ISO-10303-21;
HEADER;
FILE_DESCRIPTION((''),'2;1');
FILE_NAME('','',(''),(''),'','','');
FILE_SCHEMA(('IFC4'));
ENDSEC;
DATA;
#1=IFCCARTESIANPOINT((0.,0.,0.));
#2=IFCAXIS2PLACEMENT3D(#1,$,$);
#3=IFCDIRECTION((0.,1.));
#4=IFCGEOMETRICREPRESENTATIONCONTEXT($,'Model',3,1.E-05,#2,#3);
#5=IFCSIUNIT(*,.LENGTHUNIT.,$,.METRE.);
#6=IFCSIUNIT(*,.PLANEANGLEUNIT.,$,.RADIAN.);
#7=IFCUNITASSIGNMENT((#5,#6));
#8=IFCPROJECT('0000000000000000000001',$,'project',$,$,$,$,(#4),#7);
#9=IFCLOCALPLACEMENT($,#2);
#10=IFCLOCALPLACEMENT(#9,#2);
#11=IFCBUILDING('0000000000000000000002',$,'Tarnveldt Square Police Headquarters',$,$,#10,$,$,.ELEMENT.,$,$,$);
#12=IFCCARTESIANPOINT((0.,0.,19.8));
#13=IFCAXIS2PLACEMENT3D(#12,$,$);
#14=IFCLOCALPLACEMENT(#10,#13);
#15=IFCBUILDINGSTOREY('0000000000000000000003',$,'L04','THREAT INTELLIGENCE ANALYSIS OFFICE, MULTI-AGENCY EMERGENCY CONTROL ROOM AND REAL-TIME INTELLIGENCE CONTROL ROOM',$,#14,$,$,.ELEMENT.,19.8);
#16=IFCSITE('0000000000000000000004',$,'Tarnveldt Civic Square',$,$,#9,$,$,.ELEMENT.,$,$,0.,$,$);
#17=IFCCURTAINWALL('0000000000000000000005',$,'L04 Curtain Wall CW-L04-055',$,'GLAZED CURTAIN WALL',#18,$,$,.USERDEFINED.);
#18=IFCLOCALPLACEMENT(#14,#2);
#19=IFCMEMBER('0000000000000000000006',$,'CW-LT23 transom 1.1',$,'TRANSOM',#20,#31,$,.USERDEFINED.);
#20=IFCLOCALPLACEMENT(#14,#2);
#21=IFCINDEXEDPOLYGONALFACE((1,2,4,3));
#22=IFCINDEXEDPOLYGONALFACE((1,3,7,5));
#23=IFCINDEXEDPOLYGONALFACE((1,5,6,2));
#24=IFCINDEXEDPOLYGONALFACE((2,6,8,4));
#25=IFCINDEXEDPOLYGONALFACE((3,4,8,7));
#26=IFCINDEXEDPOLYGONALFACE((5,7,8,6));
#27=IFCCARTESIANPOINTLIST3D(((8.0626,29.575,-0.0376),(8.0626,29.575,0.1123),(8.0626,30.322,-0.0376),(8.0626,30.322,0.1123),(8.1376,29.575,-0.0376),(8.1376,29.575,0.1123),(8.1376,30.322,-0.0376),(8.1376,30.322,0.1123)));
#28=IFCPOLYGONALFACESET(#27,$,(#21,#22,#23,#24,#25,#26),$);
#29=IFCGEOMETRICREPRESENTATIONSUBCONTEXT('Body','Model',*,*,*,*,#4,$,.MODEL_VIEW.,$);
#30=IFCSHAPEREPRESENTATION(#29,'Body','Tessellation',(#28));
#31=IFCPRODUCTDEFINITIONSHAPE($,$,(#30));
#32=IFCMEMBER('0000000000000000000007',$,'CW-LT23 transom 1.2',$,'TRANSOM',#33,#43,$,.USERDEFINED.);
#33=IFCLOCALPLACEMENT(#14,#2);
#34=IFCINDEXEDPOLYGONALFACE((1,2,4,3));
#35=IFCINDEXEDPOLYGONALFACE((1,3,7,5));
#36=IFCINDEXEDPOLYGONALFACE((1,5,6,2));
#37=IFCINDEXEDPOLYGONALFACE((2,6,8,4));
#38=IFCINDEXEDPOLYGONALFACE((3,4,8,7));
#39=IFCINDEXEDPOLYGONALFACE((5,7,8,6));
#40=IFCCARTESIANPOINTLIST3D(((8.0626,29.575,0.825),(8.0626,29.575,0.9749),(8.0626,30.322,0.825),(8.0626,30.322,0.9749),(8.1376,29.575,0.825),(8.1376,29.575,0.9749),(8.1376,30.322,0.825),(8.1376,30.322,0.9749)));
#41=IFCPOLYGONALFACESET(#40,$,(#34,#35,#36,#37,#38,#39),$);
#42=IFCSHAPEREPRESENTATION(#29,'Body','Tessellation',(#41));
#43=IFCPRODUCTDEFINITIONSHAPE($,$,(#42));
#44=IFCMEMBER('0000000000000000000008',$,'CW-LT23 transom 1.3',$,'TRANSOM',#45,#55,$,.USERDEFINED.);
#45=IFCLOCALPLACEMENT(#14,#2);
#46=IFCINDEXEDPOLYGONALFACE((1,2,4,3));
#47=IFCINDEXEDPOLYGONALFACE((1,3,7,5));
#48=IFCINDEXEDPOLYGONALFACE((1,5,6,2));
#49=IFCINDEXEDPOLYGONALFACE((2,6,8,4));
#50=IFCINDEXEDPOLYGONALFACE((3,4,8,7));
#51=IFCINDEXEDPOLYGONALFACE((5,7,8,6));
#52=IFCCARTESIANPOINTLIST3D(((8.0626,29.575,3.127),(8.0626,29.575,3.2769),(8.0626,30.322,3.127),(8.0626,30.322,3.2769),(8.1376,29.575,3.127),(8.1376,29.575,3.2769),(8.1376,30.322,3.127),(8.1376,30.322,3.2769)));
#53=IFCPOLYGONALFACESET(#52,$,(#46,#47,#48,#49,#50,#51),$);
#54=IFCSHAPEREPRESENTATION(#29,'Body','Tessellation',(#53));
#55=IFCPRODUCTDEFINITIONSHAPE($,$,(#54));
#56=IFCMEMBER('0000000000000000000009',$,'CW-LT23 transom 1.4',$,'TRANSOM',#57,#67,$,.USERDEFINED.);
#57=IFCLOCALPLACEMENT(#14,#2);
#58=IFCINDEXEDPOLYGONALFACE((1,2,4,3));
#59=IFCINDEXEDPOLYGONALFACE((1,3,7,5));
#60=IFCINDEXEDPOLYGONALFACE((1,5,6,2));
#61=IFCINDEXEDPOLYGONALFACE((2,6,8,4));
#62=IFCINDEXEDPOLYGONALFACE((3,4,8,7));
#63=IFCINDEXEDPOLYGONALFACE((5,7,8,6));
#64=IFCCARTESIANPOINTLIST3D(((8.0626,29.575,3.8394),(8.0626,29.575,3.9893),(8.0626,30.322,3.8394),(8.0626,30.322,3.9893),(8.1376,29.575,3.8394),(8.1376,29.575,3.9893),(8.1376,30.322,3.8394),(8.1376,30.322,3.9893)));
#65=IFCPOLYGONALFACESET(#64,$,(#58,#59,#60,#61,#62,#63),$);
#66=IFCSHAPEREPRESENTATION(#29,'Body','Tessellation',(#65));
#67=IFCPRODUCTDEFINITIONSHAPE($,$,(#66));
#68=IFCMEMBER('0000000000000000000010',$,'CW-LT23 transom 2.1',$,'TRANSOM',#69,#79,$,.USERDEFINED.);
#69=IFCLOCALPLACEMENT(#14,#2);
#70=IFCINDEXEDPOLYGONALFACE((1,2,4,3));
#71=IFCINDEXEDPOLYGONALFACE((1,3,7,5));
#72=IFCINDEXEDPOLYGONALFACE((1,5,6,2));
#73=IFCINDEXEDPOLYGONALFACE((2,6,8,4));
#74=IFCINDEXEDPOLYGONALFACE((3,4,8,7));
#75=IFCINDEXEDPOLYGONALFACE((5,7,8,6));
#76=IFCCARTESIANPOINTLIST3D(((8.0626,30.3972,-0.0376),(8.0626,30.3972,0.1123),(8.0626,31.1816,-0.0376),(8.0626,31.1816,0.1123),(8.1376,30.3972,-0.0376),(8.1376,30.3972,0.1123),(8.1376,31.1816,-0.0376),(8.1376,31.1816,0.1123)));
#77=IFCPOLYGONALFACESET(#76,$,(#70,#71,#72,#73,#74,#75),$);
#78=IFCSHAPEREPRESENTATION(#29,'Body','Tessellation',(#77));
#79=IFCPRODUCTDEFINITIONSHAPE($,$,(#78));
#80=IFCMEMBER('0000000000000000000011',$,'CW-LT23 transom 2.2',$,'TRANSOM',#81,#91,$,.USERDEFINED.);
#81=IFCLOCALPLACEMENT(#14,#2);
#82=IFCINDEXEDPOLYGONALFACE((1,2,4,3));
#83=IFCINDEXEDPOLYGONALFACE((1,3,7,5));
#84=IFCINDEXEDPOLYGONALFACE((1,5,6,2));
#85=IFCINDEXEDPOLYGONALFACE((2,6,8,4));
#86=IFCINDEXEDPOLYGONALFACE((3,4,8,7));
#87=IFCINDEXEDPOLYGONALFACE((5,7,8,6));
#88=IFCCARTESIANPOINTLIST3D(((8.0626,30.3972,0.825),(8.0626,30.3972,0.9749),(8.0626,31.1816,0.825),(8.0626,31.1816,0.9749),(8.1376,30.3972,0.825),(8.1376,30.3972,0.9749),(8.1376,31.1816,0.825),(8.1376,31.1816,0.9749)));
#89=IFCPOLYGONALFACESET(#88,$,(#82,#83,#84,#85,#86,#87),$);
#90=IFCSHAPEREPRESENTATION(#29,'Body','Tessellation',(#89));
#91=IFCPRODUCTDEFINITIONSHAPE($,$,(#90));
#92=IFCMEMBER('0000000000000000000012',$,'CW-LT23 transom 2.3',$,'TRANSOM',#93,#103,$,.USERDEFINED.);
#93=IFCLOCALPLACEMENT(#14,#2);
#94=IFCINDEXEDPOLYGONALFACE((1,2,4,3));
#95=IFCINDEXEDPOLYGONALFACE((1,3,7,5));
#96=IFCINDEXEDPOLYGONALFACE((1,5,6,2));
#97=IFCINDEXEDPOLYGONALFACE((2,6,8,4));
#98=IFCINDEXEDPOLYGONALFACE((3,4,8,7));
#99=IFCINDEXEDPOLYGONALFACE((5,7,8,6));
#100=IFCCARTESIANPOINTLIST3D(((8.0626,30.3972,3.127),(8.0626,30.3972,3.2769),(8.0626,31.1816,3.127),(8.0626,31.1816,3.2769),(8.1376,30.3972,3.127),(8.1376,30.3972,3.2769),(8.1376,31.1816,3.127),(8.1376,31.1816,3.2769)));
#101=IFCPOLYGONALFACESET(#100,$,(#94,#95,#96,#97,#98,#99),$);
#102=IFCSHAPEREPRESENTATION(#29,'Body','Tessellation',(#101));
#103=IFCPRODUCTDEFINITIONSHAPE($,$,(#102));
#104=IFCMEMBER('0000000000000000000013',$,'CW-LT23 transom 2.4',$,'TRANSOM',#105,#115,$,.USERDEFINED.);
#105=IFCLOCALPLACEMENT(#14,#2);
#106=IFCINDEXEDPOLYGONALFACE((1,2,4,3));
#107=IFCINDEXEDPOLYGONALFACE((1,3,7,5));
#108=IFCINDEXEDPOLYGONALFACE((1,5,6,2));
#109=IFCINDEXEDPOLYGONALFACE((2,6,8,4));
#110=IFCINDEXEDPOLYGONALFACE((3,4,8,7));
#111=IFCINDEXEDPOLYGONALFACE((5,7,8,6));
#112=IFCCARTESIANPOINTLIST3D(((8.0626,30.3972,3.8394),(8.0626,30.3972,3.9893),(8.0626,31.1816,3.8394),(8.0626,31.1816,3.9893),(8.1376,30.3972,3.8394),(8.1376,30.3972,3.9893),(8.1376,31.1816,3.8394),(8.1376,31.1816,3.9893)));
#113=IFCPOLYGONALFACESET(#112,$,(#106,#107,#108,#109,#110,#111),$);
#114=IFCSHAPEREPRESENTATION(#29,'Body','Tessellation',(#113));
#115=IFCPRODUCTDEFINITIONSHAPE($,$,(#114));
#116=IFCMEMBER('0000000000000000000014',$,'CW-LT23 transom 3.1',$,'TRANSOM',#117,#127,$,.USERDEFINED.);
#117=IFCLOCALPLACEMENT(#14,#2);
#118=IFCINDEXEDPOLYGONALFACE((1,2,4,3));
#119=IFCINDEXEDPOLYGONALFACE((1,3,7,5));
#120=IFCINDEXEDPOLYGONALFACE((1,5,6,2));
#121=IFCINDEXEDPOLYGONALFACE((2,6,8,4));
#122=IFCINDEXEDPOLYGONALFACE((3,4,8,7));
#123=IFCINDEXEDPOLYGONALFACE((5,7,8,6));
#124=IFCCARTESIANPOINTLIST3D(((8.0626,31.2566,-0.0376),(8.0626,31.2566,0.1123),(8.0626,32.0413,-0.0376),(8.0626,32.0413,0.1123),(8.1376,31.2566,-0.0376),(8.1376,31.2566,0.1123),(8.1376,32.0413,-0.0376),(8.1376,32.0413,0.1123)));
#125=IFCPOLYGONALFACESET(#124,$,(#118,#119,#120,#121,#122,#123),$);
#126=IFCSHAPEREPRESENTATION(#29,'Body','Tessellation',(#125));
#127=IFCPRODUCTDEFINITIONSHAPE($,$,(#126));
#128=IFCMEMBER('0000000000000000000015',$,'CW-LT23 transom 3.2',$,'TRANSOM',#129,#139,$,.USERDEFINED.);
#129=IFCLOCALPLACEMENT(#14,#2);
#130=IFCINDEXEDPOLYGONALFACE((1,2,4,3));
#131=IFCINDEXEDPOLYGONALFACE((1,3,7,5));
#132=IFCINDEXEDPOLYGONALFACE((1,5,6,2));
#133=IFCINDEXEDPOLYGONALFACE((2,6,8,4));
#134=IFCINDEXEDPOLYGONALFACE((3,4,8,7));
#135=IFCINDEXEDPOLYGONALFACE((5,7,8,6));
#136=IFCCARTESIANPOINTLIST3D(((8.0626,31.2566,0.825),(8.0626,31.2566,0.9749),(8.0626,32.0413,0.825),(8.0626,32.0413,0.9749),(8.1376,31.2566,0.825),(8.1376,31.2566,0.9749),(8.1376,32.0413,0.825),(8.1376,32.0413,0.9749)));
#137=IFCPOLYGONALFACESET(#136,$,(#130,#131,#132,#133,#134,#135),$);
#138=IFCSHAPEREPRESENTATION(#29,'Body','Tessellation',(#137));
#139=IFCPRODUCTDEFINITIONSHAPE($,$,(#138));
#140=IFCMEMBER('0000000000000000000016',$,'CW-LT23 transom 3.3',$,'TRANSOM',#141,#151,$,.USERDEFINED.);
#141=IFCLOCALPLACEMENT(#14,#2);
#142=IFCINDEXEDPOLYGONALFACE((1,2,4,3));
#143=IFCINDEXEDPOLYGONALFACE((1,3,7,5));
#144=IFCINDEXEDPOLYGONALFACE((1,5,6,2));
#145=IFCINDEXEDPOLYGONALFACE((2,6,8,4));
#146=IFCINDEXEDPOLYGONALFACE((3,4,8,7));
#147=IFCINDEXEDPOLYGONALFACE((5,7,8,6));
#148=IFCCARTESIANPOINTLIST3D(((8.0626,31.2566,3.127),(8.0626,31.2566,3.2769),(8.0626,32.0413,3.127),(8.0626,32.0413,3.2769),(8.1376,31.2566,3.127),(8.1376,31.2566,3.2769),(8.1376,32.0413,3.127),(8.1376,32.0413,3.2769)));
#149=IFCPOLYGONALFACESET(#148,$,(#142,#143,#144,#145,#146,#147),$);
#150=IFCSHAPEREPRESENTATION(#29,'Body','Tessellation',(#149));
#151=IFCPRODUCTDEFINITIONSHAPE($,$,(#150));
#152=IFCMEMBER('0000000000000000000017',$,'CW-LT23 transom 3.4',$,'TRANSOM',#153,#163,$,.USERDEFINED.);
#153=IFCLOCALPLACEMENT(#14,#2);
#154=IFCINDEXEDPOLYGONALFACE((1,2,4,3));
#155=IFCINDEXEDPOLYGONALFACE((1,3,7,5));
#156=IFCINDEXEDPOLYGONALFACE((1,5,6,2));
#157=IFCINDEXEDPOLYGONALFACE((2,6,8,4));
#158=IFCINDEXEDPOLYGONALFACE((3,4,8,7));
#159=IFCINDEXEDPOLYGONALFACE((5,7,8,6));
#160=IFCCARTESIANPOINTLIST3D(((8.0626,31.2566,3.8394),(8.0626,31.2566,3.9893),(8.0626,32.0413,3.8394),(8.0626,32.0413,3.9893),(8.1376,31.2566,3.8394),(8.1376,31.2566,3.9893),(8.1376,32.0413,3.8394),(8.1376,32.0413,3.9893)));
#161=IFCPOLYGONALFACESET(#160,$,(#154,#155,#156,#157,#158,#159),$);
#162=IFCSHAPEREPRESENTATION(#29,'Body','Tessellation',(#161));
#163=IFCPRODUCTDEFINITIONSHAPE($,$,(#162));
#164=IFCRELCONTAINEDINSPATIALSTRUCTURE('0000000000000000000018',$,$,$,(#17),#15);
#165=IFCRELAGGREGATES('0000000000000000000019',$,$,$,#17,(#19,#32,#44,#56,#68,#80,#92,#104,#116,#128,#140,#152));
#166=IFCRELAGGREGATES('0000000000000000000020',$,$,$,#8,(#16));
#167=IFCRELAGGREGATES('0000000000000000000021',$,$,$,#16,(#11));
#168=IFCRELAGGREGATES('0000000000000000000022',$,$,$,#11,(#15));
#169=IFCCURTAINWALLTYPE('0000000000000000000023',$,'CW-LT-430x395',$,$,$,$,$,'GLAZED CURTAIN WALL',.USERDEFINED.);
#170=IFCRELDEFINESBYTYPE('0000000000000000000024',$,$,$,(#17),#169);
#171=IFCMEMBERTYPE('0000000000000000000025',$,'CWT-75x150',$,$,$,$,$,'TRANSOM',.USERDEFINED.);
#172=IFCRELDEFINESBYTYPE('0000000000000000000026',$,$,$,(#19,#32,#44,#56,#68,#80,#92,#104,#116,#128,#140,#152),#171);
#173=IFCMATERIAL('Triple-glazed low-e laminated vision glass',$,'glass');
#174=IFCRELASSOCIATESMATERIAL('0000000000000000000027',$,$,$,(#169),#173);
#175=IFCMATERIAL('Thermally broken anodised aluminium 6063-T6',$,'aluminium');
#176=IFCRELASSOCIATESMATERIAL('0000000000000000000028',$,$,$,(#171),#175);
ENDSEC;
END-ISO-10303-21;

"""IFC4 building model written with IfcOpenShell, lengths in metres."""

from ifc_helpers import new_model, si_unit, direction, frame, origin, origin_2d, place, context, subcontext, project, spatial, rectangle, extrude, material, material_profile, profile_set, type_object, element, aggregate, save


model = new_model("IFC4")

# Units and contexts
model_context = context("Model", 3, precision=1e-05, world=origin(), true_north=direction((0.0, 1.0)))
body_context = subcontext(model_context, "Body", "Model", "MODEL_VIEW")
ifc_project = project(units=[si_unit("LENGTHUNIT", "METRE"), si_unit("PLANEANGLEUNIT", "RADIAN")], contexts=[model_context])

# Site, building, storey
site_placement = place(None, origin())
site = spatial("IfcSite", under=ifc_project, at=site_placement, Name="Tarnveldt Civic Square", CompositionType="ELEMENT", RefElevation=0.0)
building_placement = place(site_placement, origin())
building = spatial("IfcBuilding", under=site, at=building_placement, Name="Tarnveldt Square Police Headquarters", CompositionType="ELEMENT")
storey_placement = place(building_placement, frame((0.0, 0.0, 19.8)))
storey = spatial("IfcBuildingStorey", under=building, at=storey_placement, Name="L04", Description="THREAT INTELLIGENCE ANALYSIS OFFICE, MULTI-AGENCY EMERGENCY CONTROL ROOM AND REAL-TIME INTELLIGENCE CONTROL ROOM", CompositionType="ELEMENT", Elevation=19.8)

# Shared definitions
ifc_material_1 = material(Name="Triple-glazed low-e laminated vision glass", Category="glass")
ifc_material_2 = material(Name="Thermally broken anodised aluminium 6063-T6", Category="aluminium")

# Curtain wall
curtain_wall_type_1 = type_object("IfcCurtainWallType", Name="CW-LT-430x395", ElementType="GLAZED CURTAIN WALL", PredefinedType="USERDEFINED", material=ifc_material_1)
curtain_wall_1_placement = place(storey_placement, origin())
curtain_wall_1 = element("IfcCurtainWall", 1, at=curtain_wall_1_placement, inside=storey, type_object=curtain_wall_type_1, Name="L04 Curtain Wall CW-L04-055", ObjectType="GLAZED CURTAIN WALL", PredefinedType="USERDEFINED")

# Members
ifc_material_profile_1 = material_profile(ifc_material_2, rectangle(XDim=0.075, YDim=0.1499, at=origin_2d()), Name="CW-T75x150")
ifc_profile_set_1 = profile_set([ifc_material_profile_1], Name="Thermally broken anodised aluminium 6063-T6")
member_type_1 = type_object("IfcMemberType", Name="CWT-75x150", ElementType="TRANSOM", PredefinedType="USERDEFINED", material=ifc_profile_set_1)
member_1_placement = place(storey_placement, frame((8.1001, 29.575, 0.0374), z_axis=(0.0, 1.0, 0.0), x_axis=(-1.0, 0.0, 0.0)))
member_1 = element("IfcMember", 2, at=member_1_placement, type_object=member_type_1, Name="CW-LT23 transom 1.1", ObjectType="TRANSOM", PredefinedType="USERDEFINED", context=body_context, shape_type="SweptSolid", body=[
    extrude(rectangle(XDim=0.075, YDim=0.1499, at=origin_2d()), origin(), (0.0, 0.0, 1.0), 0.7471),
])
member_2_placement = place(storey_placement, frame((8.1001, 29.575, 0.8999), z_axis=(0.0, 1.0, 0.0), x_axis=(-1.0, 0.0, 0.0)))
member_2 = element("IfcMember", 3, at=member_2_placement, type_object=member_type_1, Name="CW-LT23 transom 1.2", ObjectType="TRANSOM", PredefinedType="USERDEFINED", context=body_context, shape_type="SweptSolid", body=[
    extrude(rectangle(XDim=0.075, YDim=0.1499, at=origin_2d()), origin(), (0.0, 0.0, 1.0), 0.7471),
])
member_3_placement = place(storey_placement, frame((8.1001, 29.575, 3.2019), z_axis=(0.0, 1.0, 0.0), x_axis=(-1.0, 0.0, 0.0)))
member_3 = element("IfcMember", 4, at=member_3_placement, type_object=member_type_1, Name="CW-LT23 transom 1.3", ObjectType="TRANSOM", PredefinedType="USERDEFINED", context=body_context, shape_type="SweptSolid", body=[
    extrude(rectangle(XDim=0.075, YDim=0.1499, at=origin_2d()), origin(), (0.0, 0.0, 1.0), 0.7471),
])
member_4_placement = place(storey_placement, frame((8.1001, 29.575, 3.9143), z_axis=(0.0, 1.0, 0.0), x_axis=(-1.0, 0.0, 0.0)))
member_4 = element("IfcMember", 5, at=member_4_placement, type_object=member_type_1, Name="CW-LT23 transom 1.4", ObjectType="TRANSOM", PredefinedType="USERDEFINED", context=body_context, shape_type="SweptSolid", body=[
    extrude(rectangle(XDim=0.075, YDim=0.1499, at=origin_2d()), origin(), (0.0, 0.0, 1.0), 0.7471),
])
member_5_placement = place(storey_placement, frame((8.1001, 30.3972, 0.0374), z_axis=(0.0, 1.0, 0.0), x_axis=(-1.0, 0.0, 0.0)))
member_5 = element("IfcMember", 6, at=member_5_placement, type_object=member_type_1, Name="CW-LT23 transom 2.1", ObjectType="TRANSOM", PredefinedType="USERDEFINED", context=body_context, shape_type="SweptSolid", body=[
    extrude(rectangle(XDim=0.075, YDim=0.1499, at=origin_2d()), origin(), (0.0, 0.0, 1.0), 0.7844),
])
member_6_placement = place(storey_placement, frame((8.1001, 30.3972, 0.8999), z_axis=(0.0, 1.0, 0.0), x_axis=(-1.0, 0.0, 0.0)))
member_6 = element("IfcMember", 7, at=member_6_placement, type_object=member_type_1, Name="CW-LT23 transom 2.2", ObjectType="TRANSOM", PredefinedType="USERDEFINED", context=body_context, shape_type="SweptSolid", body=[
    extrude(rectangle(XDim=0.075, YDim=0.1499, at=origin_2d()), origin(), (0.0, 0.0, 1.0), 0.7844),
])
member_7_placement = place(storey_placement, frame((8.1001, 30.3972, 3.2019), z_axis=(0.0, 1.0, 0.0), x_axis=(-1.0, 0.0, 0.0)))
member_7 = element("IfcMember", 8, at=member_7_placement, type_object=member_type_1, Name="CW-LT23 transom 2.3", ObjectType="TRANSOM", PredefinedType="USERDEFINED", context=body_context, shape_type="SweptSolid", body=[
    extrude(rectangle(XDim=0.075, YDim=0.1499, at=origin_2d()), origin(), (0.0, 0.0, 1.0), 0.7844),
])
member_8_placement = place(storey_placement, frame((8.1001, 30.3972, 3.9143), z_axis=(0.0, 1.0, 0.0), x_axis=(-1.0, 0.0, 0.0)))
member_8 = element("IfcMember", 9, at=member_8_placement, type_object=member_type_1, Name="CW-LT23 transom 2.4", ObjectType="TRANSOM", PredefinedType="USERDEFINED", context=body_context, shape_type="SweptSolid", body=[
    extrude(rectangle(XDim=0.075, YDim=0.1499, at=origin_2d()), origin(), (0.0, 0.0, 1.0), 0.7844),
])
member_9_placement = place(storey_placement, frame((8.1001, 31.2566, 0.0374), z_axis=(0.0, 1.0, 0.0), x_axis=(-1.0, 0.0, 0.0)))
member_9 = element("IfcMember", 10, at=member_9_placement, type_object=member_type_1, Name="CW-LT23 transom 3.1", ObjectType="TRANSOM", PredefinedType="USERDEFINED", context=body_context, shape_type="SweptSolid", body=[
    extrude(rectangle(XDim=0.075, YDim=0.1499, at=origin_2d()), origin(), (0.0, 0.0, 1.0), 0.7847),
])
member_10_placement = place(storey_placement, frame((8.1001, 31.2566, 0.8999), z_axis=(0.0, 1.0, 0.0), x_axis=(-1.0, 0.0, 0.0)))
member_10 = element("IfcMember", 11, at=member_10_placement, type_object=member_type_1, Name="CW-LT23 transom 3.2", ObjectType="TRANSOM", PredefinedType="USERDEFINED", context=body_context, shape_type="SweptSolid", body=[
    extrude(rectangle(XDim=0.075, YDim=0.1499, at=origin_2d()), origin(), (0.0, 0.0, 1.0), 0.7847),
])
member_11_placement = place(storey_placement, frame((8.1001, 31.2566, 3.2019), z_axis=(0.0, 1.0, 0.0), x_axis=(-1.0, 0.0, 0.0)))
member_11 = element("IfcMember", 12, at=member_11_placement, type_object=member_type_1, Name="CW-LT23 transom 3.3", ObjectType="TRANSOM", PredefinedType="USERDEFINED", context=body_context, shape_type="SweptSolid", body=[
    extrude(rectangle(XDim=0.075, YDim=0.1499, at=origin_2d()), origin(), (0.0, 0.0, 1.0), 0.7847),
])
member_12_placement = place(storey_placement, frame((8.1001, 31.2566, 3.9143), z_axis=(0.0, 1.0, 0.0), x_axis=(-1.0, 0.0, 0.0)))
member_12 = element("IfcMember", 13, at=member_12_placement, type_object=member_type_1, Name="CW-LT23 transom 3.4", ObjectType="TRANSOM", PredefinedType="USERDEFINED", context=body_context, shape_type="SweptSolid", body=[
    extrude(rectangle(XDim=0.075, YDim=0.1499, at=origin_2d()), origin(), (0.0, 0.0, 1.0), 0.7847),
])

aggregate(curtain_wall_1, [member_1, member_2, member_3, member_4, member_5, member_6, member_7, member_8, member_9, member_10, member_11, member_12])

save(model, "model.ifc")
